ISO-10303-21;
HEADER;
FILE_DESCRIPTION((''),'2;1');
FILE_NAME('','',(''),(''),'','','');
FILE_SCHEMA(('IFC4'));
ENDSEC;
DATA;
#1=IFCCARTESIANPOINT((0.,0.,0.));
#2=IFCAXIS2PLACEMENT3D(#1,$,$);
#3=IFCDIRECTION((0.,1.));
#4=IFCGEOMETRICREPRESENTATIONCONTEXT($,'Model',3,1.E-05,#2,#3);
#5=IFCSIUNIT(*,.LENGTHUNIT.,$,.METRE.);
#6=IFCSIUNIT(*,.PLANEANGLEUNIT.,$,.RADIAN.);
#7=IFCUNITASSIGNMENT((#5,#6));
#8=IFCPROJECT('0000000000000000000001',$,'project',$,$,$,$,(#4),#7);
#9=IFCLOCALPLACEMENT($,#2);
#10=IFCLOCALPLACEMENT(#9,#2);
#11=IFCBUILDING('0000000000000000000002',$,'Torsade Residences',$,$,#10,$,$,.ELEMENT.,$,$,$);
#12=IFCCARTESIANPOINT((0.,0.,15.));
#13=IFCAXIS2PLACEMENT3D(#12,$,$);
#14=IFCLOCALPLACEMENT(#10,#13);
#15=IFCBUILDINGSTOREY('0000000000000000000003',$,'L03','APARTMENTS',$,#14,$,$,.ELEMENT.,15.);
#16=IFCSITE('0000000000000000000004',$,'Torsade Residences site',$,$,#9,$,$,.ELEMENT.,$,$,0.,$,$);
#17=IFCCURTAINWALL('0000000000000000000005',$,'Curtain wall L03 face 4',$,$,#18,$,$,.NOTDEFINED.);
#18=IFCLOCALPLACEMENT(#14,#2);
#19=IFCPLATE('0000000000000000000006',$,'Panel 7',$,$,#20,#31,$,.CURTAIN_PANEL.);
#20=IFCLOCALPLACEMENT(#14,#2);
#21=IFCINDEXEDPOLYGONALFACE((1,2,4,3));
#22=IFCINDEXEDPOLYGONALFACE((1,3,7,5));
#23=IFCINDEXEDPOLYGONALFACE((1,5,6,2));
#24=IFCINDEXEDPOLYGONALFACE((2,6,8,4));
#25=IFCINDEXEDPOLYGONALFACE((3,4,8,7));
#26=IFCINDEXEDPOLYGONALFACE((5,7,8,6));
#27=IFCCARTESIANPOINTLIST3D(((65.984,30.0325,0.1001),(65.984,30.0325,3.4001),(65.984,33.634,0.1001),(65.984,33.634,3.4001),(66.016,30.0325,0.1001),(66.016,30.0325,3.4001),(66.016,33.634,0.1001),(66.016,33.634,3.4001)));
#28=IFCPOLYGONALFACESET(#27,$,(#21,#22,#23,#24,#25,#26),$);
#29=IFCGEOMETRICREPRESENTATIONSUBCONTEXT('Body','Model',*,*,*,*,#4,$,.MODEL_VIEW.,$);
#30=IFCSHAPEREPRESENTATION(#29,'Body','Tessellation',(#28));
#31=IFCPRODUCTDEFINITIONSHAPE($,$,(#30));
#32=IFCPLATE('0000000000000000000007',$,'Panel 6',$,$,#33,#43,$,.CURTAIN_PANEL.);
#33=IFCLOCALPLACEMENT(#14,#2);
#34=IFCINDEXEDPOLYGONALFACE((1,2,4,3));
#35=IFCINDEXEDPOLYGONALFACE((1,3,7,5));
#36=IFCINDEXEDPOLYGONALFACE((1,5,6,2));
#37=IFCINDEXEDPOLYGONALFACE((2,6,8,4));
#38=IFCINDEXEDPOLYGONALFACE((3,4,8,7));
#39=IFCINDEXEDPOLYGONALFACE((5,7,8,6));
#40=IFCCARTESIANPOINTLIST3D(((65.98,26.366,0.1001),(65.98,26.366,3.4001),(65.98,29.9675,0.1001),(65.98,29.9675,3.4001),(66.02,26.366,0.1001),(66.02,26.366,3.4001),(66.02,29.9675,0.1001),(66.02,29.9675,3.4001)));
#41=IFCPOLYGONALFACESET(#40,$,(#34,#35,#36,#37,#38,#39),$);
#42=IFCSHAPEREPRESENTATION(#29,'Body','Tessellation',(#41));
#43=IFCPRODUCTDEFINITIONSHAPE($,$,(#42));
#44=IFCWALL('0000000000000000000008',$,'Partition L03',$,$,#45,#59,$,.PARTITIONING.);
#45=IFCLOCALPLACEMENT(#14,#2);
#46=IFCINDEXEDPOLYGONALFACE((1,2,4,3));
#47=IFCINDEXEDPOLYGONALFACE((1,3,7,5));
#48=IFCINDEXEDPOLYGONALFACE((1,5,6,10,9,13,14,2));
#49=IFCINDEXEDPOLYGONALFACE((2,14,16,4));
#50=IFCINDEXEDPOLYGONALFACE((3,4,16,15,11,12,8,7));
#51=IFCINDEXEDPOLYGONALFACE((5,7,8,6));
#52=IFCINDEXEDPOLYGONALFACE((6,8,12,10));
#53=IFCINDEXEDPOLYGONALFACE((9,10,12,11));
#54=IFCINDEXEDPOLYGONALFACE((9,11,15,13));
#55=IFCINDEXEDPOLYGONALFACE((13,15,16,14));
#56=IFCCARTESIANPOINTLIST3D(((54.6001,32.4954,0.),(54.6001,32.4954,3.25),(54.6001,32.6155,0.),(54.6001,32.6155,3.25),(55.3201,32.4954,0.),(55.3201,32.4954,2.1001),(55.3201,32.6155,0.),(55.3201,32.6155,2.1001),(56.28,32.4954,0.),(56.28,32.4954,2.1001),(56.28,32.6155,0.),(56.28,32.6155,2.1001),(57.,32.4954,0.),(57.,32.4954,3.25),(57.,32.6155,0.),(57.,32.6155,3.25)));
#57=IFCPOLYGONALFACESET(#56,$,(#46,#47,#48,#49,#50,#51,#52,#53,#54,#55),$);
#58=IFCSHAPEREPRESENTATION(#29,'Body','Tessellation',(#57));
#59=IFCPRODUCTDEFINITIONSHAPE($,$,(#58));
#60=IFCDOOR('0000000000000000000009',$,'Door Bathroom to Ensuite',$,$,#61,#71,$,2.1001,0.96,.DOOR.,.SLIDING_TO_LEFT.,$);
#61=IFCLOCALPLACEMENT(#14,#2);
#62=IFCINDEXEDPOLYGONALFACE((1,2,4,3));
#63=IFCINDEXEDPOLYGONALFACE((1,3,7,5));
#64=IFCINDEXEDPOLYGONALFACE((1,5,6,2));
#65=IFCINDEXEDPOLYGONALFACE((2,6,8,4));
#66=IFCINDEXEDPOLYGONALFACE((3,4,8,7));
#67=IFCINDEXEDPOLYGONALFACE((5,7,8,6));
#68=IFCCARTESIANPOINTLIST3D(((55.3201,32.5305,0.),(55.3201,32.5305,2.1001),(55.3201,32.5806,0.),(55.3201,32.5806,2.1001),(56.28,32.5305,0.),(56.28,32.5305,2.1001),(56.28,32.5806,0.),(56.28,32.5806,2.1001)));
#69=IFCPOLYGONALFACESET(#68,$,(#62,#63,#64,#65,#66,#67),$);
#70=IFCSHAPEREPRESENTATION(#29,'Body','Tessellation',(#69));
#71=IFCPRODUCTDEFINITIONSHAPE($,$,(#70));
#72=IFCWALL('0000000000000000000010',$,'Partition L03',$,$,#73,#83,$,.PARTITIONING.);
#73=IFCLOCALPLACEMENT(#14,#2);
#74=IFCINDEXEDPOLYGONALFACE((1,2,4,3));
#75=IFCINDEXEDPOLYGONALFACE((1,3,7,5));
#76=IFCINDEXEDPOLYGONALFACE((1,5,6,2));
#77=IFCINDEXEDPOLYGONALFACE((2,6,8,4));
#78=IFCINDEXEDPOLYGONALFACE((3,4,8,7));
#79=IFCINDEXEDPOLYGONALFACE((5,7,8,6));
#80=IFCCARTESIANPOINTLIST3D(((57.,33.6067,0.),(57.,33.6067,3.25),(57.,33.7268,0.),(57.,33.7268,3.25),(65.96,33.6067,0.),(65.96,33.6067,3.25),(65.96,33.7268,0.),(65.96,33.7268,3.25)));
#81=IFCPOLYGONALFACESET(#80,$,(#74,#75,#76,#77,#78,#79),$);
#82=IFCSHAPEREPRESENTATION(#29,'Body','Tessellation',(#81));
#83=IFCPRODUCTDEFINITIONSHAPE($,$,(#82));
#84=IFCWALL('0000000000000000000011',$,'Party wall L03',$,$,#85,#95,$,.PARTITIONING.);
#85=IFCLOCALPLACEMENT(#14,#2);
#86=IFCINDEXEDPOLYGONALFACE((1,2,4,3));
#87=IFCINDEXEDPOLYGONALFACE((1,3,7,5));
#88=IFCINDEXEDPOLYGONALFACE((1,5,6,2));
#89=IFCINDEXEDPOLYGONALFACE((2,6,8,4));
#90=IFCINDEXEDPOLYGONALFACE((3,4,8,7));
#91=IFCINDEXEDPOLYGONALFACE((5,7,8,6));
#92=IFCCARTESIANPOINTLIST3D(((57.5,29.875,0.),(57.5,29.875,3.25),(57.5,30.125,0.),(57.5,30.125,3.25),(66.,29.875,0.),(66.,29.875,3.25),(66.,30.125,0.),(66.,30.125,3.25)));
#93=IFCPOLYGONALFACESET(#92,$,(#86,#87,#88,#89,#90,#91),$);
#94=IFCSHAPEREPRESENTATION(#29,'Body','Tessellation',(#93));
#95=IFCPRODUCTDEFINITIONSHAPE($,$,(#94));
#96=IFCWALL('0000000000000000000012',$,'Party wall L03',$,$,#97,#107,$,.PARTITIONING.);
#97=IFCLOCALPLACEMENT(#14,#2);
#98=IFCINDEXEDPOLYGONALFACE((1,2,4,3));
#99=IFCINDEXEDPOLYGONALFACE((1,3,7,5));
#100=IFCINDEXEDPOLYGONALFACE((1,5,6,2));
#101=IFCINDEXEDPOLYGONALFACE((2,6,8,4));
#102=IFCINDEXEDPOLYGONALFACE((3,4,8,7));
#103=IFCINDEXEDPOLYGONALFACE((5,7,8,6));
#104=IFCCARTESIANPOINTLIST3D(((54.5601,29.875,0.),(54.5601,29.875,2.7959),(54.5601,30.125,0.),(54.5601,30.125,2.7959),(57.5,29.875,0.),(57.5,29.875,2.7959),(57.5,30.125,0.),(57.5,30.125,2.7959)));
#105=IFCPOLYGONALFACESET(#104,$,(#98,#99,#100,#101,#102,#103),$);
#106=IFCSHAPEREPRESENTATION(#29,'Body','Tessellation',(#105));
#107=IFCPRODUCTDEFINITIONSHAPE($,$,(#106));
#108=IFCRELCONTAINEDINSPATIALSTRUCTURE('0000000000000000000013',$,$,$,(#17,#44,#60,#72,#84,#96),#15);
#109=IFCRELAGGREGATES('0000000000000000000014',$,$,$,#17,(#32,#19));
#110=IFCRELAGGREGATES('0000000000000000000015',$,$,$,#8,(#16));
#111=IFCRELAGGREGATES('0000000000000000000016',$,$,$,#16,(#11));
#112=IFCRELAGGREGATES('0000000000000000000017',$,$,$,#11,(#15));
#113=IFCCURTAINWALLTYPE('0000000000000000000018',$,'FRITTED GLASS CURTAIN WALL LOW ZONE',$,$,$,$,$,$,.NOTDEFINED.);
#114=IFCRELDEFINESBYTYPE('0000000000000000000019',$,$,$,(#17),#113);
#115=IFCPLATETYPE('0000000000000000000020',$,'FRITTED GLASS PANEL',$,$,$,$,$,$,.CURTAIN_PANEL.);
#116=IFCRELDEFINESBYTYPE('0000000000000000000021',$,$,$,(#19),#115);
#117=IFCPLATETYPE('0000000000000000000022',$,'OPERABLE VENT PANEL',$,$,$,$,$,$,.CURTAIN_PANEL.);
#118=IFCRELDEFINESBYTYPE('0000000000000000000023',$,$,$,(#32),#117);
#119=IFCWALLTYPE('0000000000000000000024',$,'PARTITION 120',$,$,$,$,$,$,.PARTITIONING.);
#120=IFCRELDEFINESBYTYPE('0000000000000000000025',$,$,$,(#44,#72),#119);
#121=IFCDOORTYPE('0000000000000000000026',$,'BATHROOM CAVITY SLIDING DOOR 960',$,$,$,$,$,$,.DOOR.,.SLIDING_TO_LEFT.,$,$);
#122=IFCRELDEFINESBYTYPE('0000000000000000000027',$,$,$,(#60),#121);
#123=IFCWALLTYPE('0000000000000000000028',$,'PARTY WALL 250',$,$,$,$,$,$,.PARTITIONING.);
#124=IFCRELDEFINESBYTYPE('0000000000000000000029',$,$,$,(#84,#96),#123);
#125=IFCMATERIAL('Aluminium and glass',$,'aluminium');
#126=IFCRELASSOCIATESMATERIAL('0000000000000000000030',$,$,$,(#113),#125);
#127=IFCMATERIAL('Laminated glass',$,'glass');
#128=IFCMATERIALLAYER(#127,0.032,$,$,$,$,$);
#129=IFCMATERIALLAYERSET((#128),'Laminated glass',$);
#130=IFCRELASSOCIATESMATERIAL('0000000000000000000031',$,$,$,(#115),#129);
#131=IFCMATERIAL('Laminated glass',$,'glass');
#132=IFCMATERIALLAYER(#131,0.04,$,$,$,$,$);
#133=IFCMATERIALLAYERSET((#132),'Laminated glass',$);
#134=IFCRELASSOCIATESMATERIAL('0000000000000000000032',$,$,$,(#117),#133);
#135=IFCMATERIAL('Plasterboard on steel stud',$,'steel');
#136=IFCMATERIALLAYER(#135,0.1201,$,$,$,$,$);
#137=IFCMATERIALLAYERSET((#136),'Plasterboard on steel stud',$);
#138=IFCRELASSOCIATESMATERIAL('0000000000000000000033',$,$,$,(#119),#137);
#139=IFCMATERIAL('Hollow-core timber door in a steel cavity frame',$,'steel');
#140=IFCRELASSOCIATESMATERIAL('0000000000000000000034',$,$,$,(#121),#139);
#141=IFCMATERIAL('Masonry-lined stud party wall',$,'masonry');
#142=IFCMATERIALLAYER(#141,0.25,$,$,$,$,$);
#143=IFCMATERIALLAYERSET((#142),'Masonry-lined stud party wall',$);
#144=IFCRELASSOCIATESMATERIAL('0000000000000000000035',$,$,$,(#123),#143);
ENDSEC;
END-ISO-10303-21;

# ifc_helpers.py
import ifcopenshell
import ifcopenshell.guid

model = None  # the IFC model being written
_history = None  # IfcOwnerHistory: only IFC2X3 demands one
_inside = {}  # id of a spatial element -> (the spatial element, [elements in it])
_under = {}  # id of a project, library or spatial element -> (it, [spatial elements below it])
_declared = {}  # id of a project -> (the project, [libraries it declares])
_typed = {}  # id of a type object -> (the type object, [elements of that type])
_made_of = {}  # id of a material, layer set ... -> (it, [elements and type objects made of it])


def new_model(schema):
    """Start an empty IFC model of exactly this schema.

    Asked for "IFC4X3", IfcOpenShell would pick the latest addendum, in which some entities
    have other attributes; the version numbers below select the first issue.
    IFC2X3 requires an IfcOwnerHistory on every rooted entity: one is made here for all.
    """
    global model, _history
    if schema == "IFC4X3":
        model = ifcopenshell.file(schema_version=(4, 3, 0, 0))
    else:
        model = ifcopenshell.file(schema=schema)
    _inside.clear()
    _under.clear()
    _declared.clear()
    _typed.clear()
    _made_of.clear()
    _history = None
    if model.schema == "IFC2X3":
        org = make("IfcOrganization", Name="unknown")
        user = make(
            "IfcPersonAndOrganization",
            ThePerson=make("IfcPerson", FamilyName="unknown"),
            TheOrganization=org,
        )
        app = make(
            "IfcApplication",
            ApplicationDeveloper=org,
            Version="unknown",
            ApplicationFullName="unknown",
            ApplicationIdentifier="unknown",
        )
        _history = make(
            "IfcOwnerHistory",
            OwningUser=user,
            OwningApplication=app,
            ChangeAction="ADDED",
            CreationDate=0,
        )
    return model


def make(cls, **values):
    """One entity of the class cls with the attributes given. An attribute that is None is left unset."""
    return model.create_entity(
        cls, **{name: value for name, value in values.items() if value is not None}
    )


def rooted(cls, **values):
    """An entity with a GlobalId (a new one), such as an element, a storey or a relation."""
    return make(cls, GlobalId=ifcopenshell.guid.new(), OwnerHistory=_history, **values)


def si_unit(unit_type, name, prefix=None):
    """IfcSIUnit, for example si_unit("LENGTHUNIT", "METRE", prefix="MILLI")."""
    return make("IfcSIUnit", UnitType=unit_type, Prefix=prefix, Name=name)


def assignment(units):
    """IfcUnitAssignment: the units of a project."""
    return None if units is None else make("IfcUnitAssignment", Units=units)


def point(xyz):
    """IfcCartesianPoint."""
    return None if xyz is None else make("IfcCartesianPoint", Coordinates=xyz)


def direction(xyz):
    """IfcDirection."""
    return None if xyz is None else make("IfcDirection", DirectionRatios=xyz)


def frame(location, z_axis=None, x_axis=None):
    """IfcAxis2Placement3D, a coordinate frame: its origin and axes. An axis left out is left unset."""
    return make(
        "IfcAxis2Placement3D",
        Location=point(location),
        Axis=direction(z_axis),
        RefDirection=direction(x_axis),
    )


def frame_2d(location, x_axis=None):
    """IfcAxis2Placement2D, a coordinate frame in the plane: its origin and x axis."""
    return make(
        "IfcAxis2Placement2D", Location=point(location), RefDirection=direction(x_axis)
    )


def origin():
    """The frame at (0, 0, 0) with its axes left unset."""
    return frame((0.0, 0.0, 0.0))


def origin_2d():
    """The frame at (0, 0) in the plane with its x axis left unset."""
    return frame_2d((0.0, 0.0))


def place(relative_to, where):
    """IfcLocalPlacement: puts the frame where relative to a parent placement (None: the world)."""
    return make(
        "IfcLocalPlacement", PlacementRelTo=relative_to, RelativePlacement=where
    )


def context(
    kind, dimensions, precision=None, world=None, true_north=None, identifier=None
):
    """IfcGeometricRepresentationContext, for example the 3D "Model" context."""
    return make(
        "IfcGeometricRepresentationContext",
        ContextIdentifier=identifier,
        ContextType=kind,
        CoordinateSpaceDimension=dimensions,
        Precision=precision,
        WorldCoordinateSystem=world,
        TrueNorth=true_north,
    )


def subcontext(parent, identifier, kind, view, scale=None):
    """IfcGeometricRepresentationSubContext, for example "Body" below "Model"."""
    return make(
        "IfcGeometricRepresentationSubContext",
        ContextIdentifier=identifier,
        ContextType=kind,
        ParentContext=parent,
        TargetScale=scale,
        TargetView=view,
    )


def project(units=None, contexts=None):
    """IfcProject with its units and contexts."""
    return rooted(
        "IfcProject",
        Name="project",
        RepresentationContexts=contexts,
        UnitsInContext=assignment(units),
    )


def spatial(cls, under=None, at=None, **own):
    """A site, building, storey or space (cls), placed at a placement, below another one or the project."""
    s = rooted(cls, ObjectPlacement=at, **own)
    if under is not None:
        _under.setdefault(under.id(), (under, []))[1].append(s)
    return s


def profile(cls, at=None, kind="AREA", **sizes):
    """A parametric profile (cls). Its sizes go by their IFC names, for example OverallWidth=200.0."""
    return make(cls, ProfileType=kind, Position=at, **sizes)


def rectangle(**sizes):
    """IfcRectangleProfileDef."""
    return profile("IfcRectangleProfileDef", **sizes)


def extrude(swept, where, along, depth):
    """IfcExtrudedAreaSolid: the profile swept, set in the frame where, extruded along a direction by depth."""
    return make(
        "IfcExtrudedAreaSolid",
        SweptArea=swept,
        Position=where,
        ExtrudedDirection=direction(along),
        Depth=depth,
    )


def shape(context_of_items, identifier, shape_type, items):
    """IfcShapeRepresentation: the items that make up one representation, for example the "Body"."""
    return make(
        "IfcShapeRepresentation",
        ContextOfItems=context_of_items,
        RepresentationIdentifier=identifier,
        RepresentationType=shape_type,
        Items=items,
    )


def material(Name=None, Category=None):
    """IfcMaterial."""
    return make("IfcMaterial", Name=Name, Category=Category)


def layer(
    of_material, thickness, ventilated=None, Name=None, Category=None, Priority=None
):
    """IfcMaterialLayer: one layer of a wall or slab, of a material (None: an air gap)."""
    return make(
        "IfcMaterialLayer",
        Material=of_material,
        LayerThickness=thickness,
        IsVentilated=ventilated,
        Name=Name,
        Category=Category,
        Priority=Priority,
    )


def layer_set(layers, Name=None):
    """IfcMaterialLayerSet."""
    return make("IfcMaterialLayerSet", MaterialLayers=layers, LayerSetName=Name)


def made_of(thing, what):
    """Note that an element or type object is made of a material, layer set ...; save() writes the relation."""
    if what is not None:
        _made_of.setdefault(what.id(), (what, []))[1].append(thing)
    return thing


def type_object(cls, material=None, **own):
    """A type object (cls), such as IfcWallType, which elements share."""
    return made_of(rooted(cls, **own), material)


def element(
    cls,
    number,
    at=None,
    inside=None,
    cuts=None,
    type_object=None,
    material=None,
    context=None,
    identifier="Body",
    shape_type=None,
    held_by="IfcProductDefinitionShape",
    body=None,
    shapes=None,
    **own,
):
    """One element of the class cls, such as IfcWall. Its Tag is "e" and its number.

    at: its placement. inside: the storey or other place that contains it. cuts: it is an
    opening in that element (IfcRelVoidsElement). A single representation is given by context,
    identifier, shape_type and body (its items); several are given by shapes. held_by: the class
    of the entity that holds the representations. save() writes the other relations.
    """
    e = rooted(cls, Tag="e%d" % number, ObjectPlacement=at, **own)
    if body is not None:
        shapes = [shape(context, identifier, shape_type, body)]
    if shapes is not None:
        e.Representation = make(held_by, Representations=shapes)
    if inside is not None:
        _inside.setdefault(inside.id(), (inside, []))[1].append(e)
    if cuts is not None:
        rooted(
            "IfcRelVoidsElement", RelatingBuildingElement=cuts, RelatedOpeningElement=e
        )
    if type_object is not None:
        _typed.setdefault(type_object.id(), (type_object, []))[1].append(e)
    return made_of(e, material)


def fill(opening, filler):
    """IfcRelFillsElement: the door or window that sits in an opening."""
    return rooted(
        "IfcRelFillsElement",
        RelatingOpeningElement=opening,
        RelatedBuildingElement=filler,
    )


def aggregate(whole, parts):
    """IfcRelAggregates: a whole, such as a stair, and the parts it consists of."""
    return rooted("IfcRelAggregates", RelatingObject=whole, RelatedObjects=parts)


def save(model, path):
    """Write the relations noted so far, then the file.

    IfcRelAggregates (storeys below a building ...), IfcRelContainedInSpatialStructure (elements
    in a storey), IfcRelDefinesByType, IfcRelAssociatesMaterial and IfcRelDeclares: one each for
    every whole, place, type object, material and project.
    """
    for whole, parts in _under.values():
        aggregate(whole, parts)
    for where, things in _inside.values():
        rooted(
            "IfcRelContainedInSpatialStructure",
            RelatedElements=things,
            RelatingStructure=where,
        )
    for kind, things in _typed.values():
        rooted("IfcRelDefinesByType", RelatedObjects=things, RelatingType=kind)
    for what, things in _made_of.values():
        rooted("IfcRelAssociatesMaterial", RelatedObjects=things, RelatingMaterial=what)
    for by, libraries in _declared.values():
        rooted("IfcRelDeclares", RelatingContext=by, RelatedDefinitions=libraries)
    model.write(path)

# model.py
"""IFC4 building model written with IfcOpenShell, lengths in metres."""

from ifc_helpers import new_model, si_unit, direction, frame, frame_2d, origin, origin_2d, place, context, subcontext, project, spatial, rectangle, extrude, material, layer, layer_set, type_object, element, fill, aggregate, save


model = new_model("IFC4")

# Units and contexts
model_context = context("Model", 3, precision=1e-05, world=origin(), true_north=direction((0.0, 1.0)))
body_context = subcontext(model_context, "Body", "Model", "MODEL_VIEW")
ifc_project = project(units=[si_unit("LENGTHUNIT", "METRE"), si_unit("PLANEANGLEUNIT", "RADIAN")], contexts=[model_context])

# Site, building, storey
site_placement = place(None, origin())
site = spatial("IfcSite", under=ifc_project, at=site_placement, Name="Torsade Residences site", CompositionType="ELEMENT", RefElevation=0.0)
building_placement = place(site_placement, origin())
building = spatial("IfcBuilding", under=site, at=building_placement, Name="Torsade Residences", CompositionType="ELEMENT")
storey_placement = place(building_placement, frame((0.0, 0.0, 15.0)))
storey = spatial("IfcBuildingStorey", under=building, at=storey_placement, Name="L03", Description="APARTMENTS", CompositionType="ELEMENT", Elevation=15.0)

# Curtain wall
ifc_material_1 = material(Name="Aluminium and glass", Category="aluminium")
curtain_wall_type = type_object("IfcCurtainWallType", Name="FRITTED GLASS CURTAIN WALL LOW ZONE", PredefinedType="NOTDEFINED", material=ifc_material_1)
curtain_wall_placement = place(storey_placement, origin())
curtain_wall = element("IfcCurtainWall", 1, at=curtain_wall_placement, inside=storey, type_object=curtain_wall_type, Name="Curtain wall L03 face 4", PredefinedType="NOTDEFINED")

# Plates
ifc_material_2 = material(Name="Laminated glass", Category="glass")
ifc_layer_1 = layer(ifc_material_2, 0.032)
ifc_layer_set_1 = layer_set([ifc_layer_1], Name="Laminated glass")
plate_type_1 = type_object("IfcPlateType", Name="FRITTED GLASS PANEL", PredefinedType="CURTAIN_PANEL", material=ifc_layer_set_1)
plate_1_placement = place(storey_placement, frame((66.0, 31.8333, 0.1001), z_axis=(0.0, 0.0, 1.0), x_axis=(0.0, 1.0, 0.0)))
plate_1 = element("IfcPlate", 2, at=plate_1_placement, type_object=plate_type_1, Name="Panel 7", PredefinedType="CURTAIN_PANEL", context=body_context, shape_type="SweptSolid", body=[
    extrude(rectangle(XDim=3.6016, YDim=0.032, at=origin_2d()), origin(), (0.0, 0.0, 1.0), 3.3),
])
ifc_material_3 = material(Name="Laminated glass", Category="glass")
ifc_layer_2 = layer(ifc_material_3, 0.04)
ifc_layer_set_2 = layer_set([ifc_layer_2], Name="Laminated glass")
plate_type_2 = type_object("IfcPlateType", Name="OPERABLE VENT PANEL", PredefinedType="CURTAIN_PANEL", material=ifc_layer_set_2)
plate_2_placement = place(storey_placement, frame((66.0, 28.1667, 0.1001), z_axis=(0.0, 0.0, 1.0), x_axis=(0.0, 1.0, 0.0)))
plate_2 = element("IfcPlate", 3, at=plate_2_placement, type_object=plate_type_2, Name="Panel 6", PredefinedType="CURTAIN_PANEL", context=body_context, shape_type="SweptSolid", body=[
    extrude(rectangle(XDim=3.6016, YDim=0.04, at=origin_2d()), origin(), (0.0, 0.0, 1.0), 3.3),
])
aggregate(curtain_wall, [plate_2, plate_1])

# Wall, opening, door
ifc_material_4 = material(Name="Plasterboard on steel stud", Category="steel")
ifc_layer_3 = layer(ifc_material_4, 0.1201)
ifc_layer_set_3 = layer_set([ifc_layer_3], Name="Plasterboard on steel stud")
wall_type_1 = type_object("IfcWallType", Name="PARTITION 120", PredefinedType="PARTITIONING", material=ifc_layer_set_3)
wall_1_placement = place(storey_placement, frame((57.0, 32.5554, 0.0), z_axis=(0.0, 0.0, 1.0), x_axis=(-1.0, 0.0, 0.0)))
wall_1 = element("IfcWall", 4, at=wall_1_placement, inside=storey, type_object=wall_type_1, Name="Partition L03", PredefinedType="PARTITIONING", context=body_context, shape_type="SweptSolid", body=[
    extrude(rectangle(XDim=2.3999, YDim=0.1201, at=frame_2d((1.2, 0.0))), origin(), (0.0, 0.0, 1.0), 3.25),
])
opening_placement = place(wall_1_placement, frame((0.72, 0.0, 0.0)))
opening = element("IfcOpeningElement", 5, at=opening_placement, cuts=wall_1, PredefinedType="OPENING", context=body_context, shape_type="SweptSolid", body=[
    extrude(rectangle(XDim=0.96, YDim=2.1001, at=frame_2d((0.48, 1.05))), frame((0.0, 0.0701, 0.0), z_axis=(0.0, -1.0, 0.0), x_axis=(1.0, 0.0, 0.0)), (0.0, 0.0, 1.0), 0.1401),
])
ifc_material_5 = material(Name="Hollow-core timber door in a steel cavity frame", Category="steel")
door_type = type_object("IfcDoorType", Name="BATHROOM CAVITY SLIDING DOOR 960", OperationType="SLIDING_TO_LEFT", PredefinedType="DOOR", material=ifc_material_5)
door_placement = place(opening_placement, origin())
door = element("IfcDoor", 6, at=door_placement, inside=storey, type_object=door_type, Name="Door Bathroom to Ensuite", OperationType="SLIDING_TO_LEFT", OverallHeight=2.1001, OverallWidth=0.96, PredefinedType="DOOR", context=body_context, shape_type="SweptSolid", body=[
    extrude(rectangle(XDim=0.96, YDim=2.1001, at=frame_2d((0.48, 1.05))), frame((0.0, 0.0249, 0.0), z_axis=(0.0, -1.0, 0.0), x_axis=(1.0, 0.0, 0.0)), (0.0, 0.0, 1.0), 0.05),
])
fill(opening, door)

# Walls
wall_2_placement = place(storey_placement, frame((57.0, 33.6667, 0.0), z_axis=(0.0, 0.0, 1.0), x_axis=(1.0, 0.0, 0.0)))
element("IfcWall", 7, at=wall_2_placement, inside=storey, type_object=wall_type_1, Name="Partition L03", PredefinedType="PARTITIONING", context=body_context, shape_type="SweptSolid", body=[
    extrude(rectangle(XDim=8.96, YDim=0.1201, at=frame_2d((4.48, 0.0))), origin(), (0.0, 0.0, 1.0), 3.25),
])
ifc_material_6 = material(Name="Masonry-lined stud party wall", Category="masonry")
ifc_layer_4 = layer(ifc_material_6, 0.25)
ifc_layer_set_4 = layer_set([ifc_layer_4], Name="Masonry-lined stud party wall")
wall_type_2 = type_object("IfcWallType", Name="PARTY WALL 250", PredefinedType="PARTITIONING", material=ifc_layer_set_4)
wall_3_placement = place(storey_placement, frame((66.0, 30.0, 0.0), z_axis=(0.0, 0.0, 1.0), x_axis=(-1.0, 0.0, 0.0)))
element("IfcWall", 8, at=wall_3_placement, inside=storey, type_object=wall_type_2, Name="Party wall L03", PredefinedType="PARTITIONING", context=body_context, shape_type="SweptSolid", body=[
    extrude(rectangle(XDim=8.5, YDim=0.25, at=frame_2d((4.25, 0.0))), origin(), (0.0, 0.0, 1.0), 3.25),
])
wall_4_placement = place(storey_placement, frame((57.5, 30.0, 0.0), z_axis=(0.0, 0.0, 1.0), x_axis=(-1.0, 0.0, 0.0)))
element("IfcWall", 9, at=wall_4_placement, inside=storey, type_object=wall_type_2, Name="Party wall L03", PredefinedType="PARTITIONING", context=body_context, shape_type="SweptSolid", body=[
    extrude(rectangle(XDim=2.9399, YDim=0.25, at=frame_2d((1.47, 0.0))), origin(), (0.0, 0.0, 1.0), 2.7959),
])

save(model, "model.ifc")
